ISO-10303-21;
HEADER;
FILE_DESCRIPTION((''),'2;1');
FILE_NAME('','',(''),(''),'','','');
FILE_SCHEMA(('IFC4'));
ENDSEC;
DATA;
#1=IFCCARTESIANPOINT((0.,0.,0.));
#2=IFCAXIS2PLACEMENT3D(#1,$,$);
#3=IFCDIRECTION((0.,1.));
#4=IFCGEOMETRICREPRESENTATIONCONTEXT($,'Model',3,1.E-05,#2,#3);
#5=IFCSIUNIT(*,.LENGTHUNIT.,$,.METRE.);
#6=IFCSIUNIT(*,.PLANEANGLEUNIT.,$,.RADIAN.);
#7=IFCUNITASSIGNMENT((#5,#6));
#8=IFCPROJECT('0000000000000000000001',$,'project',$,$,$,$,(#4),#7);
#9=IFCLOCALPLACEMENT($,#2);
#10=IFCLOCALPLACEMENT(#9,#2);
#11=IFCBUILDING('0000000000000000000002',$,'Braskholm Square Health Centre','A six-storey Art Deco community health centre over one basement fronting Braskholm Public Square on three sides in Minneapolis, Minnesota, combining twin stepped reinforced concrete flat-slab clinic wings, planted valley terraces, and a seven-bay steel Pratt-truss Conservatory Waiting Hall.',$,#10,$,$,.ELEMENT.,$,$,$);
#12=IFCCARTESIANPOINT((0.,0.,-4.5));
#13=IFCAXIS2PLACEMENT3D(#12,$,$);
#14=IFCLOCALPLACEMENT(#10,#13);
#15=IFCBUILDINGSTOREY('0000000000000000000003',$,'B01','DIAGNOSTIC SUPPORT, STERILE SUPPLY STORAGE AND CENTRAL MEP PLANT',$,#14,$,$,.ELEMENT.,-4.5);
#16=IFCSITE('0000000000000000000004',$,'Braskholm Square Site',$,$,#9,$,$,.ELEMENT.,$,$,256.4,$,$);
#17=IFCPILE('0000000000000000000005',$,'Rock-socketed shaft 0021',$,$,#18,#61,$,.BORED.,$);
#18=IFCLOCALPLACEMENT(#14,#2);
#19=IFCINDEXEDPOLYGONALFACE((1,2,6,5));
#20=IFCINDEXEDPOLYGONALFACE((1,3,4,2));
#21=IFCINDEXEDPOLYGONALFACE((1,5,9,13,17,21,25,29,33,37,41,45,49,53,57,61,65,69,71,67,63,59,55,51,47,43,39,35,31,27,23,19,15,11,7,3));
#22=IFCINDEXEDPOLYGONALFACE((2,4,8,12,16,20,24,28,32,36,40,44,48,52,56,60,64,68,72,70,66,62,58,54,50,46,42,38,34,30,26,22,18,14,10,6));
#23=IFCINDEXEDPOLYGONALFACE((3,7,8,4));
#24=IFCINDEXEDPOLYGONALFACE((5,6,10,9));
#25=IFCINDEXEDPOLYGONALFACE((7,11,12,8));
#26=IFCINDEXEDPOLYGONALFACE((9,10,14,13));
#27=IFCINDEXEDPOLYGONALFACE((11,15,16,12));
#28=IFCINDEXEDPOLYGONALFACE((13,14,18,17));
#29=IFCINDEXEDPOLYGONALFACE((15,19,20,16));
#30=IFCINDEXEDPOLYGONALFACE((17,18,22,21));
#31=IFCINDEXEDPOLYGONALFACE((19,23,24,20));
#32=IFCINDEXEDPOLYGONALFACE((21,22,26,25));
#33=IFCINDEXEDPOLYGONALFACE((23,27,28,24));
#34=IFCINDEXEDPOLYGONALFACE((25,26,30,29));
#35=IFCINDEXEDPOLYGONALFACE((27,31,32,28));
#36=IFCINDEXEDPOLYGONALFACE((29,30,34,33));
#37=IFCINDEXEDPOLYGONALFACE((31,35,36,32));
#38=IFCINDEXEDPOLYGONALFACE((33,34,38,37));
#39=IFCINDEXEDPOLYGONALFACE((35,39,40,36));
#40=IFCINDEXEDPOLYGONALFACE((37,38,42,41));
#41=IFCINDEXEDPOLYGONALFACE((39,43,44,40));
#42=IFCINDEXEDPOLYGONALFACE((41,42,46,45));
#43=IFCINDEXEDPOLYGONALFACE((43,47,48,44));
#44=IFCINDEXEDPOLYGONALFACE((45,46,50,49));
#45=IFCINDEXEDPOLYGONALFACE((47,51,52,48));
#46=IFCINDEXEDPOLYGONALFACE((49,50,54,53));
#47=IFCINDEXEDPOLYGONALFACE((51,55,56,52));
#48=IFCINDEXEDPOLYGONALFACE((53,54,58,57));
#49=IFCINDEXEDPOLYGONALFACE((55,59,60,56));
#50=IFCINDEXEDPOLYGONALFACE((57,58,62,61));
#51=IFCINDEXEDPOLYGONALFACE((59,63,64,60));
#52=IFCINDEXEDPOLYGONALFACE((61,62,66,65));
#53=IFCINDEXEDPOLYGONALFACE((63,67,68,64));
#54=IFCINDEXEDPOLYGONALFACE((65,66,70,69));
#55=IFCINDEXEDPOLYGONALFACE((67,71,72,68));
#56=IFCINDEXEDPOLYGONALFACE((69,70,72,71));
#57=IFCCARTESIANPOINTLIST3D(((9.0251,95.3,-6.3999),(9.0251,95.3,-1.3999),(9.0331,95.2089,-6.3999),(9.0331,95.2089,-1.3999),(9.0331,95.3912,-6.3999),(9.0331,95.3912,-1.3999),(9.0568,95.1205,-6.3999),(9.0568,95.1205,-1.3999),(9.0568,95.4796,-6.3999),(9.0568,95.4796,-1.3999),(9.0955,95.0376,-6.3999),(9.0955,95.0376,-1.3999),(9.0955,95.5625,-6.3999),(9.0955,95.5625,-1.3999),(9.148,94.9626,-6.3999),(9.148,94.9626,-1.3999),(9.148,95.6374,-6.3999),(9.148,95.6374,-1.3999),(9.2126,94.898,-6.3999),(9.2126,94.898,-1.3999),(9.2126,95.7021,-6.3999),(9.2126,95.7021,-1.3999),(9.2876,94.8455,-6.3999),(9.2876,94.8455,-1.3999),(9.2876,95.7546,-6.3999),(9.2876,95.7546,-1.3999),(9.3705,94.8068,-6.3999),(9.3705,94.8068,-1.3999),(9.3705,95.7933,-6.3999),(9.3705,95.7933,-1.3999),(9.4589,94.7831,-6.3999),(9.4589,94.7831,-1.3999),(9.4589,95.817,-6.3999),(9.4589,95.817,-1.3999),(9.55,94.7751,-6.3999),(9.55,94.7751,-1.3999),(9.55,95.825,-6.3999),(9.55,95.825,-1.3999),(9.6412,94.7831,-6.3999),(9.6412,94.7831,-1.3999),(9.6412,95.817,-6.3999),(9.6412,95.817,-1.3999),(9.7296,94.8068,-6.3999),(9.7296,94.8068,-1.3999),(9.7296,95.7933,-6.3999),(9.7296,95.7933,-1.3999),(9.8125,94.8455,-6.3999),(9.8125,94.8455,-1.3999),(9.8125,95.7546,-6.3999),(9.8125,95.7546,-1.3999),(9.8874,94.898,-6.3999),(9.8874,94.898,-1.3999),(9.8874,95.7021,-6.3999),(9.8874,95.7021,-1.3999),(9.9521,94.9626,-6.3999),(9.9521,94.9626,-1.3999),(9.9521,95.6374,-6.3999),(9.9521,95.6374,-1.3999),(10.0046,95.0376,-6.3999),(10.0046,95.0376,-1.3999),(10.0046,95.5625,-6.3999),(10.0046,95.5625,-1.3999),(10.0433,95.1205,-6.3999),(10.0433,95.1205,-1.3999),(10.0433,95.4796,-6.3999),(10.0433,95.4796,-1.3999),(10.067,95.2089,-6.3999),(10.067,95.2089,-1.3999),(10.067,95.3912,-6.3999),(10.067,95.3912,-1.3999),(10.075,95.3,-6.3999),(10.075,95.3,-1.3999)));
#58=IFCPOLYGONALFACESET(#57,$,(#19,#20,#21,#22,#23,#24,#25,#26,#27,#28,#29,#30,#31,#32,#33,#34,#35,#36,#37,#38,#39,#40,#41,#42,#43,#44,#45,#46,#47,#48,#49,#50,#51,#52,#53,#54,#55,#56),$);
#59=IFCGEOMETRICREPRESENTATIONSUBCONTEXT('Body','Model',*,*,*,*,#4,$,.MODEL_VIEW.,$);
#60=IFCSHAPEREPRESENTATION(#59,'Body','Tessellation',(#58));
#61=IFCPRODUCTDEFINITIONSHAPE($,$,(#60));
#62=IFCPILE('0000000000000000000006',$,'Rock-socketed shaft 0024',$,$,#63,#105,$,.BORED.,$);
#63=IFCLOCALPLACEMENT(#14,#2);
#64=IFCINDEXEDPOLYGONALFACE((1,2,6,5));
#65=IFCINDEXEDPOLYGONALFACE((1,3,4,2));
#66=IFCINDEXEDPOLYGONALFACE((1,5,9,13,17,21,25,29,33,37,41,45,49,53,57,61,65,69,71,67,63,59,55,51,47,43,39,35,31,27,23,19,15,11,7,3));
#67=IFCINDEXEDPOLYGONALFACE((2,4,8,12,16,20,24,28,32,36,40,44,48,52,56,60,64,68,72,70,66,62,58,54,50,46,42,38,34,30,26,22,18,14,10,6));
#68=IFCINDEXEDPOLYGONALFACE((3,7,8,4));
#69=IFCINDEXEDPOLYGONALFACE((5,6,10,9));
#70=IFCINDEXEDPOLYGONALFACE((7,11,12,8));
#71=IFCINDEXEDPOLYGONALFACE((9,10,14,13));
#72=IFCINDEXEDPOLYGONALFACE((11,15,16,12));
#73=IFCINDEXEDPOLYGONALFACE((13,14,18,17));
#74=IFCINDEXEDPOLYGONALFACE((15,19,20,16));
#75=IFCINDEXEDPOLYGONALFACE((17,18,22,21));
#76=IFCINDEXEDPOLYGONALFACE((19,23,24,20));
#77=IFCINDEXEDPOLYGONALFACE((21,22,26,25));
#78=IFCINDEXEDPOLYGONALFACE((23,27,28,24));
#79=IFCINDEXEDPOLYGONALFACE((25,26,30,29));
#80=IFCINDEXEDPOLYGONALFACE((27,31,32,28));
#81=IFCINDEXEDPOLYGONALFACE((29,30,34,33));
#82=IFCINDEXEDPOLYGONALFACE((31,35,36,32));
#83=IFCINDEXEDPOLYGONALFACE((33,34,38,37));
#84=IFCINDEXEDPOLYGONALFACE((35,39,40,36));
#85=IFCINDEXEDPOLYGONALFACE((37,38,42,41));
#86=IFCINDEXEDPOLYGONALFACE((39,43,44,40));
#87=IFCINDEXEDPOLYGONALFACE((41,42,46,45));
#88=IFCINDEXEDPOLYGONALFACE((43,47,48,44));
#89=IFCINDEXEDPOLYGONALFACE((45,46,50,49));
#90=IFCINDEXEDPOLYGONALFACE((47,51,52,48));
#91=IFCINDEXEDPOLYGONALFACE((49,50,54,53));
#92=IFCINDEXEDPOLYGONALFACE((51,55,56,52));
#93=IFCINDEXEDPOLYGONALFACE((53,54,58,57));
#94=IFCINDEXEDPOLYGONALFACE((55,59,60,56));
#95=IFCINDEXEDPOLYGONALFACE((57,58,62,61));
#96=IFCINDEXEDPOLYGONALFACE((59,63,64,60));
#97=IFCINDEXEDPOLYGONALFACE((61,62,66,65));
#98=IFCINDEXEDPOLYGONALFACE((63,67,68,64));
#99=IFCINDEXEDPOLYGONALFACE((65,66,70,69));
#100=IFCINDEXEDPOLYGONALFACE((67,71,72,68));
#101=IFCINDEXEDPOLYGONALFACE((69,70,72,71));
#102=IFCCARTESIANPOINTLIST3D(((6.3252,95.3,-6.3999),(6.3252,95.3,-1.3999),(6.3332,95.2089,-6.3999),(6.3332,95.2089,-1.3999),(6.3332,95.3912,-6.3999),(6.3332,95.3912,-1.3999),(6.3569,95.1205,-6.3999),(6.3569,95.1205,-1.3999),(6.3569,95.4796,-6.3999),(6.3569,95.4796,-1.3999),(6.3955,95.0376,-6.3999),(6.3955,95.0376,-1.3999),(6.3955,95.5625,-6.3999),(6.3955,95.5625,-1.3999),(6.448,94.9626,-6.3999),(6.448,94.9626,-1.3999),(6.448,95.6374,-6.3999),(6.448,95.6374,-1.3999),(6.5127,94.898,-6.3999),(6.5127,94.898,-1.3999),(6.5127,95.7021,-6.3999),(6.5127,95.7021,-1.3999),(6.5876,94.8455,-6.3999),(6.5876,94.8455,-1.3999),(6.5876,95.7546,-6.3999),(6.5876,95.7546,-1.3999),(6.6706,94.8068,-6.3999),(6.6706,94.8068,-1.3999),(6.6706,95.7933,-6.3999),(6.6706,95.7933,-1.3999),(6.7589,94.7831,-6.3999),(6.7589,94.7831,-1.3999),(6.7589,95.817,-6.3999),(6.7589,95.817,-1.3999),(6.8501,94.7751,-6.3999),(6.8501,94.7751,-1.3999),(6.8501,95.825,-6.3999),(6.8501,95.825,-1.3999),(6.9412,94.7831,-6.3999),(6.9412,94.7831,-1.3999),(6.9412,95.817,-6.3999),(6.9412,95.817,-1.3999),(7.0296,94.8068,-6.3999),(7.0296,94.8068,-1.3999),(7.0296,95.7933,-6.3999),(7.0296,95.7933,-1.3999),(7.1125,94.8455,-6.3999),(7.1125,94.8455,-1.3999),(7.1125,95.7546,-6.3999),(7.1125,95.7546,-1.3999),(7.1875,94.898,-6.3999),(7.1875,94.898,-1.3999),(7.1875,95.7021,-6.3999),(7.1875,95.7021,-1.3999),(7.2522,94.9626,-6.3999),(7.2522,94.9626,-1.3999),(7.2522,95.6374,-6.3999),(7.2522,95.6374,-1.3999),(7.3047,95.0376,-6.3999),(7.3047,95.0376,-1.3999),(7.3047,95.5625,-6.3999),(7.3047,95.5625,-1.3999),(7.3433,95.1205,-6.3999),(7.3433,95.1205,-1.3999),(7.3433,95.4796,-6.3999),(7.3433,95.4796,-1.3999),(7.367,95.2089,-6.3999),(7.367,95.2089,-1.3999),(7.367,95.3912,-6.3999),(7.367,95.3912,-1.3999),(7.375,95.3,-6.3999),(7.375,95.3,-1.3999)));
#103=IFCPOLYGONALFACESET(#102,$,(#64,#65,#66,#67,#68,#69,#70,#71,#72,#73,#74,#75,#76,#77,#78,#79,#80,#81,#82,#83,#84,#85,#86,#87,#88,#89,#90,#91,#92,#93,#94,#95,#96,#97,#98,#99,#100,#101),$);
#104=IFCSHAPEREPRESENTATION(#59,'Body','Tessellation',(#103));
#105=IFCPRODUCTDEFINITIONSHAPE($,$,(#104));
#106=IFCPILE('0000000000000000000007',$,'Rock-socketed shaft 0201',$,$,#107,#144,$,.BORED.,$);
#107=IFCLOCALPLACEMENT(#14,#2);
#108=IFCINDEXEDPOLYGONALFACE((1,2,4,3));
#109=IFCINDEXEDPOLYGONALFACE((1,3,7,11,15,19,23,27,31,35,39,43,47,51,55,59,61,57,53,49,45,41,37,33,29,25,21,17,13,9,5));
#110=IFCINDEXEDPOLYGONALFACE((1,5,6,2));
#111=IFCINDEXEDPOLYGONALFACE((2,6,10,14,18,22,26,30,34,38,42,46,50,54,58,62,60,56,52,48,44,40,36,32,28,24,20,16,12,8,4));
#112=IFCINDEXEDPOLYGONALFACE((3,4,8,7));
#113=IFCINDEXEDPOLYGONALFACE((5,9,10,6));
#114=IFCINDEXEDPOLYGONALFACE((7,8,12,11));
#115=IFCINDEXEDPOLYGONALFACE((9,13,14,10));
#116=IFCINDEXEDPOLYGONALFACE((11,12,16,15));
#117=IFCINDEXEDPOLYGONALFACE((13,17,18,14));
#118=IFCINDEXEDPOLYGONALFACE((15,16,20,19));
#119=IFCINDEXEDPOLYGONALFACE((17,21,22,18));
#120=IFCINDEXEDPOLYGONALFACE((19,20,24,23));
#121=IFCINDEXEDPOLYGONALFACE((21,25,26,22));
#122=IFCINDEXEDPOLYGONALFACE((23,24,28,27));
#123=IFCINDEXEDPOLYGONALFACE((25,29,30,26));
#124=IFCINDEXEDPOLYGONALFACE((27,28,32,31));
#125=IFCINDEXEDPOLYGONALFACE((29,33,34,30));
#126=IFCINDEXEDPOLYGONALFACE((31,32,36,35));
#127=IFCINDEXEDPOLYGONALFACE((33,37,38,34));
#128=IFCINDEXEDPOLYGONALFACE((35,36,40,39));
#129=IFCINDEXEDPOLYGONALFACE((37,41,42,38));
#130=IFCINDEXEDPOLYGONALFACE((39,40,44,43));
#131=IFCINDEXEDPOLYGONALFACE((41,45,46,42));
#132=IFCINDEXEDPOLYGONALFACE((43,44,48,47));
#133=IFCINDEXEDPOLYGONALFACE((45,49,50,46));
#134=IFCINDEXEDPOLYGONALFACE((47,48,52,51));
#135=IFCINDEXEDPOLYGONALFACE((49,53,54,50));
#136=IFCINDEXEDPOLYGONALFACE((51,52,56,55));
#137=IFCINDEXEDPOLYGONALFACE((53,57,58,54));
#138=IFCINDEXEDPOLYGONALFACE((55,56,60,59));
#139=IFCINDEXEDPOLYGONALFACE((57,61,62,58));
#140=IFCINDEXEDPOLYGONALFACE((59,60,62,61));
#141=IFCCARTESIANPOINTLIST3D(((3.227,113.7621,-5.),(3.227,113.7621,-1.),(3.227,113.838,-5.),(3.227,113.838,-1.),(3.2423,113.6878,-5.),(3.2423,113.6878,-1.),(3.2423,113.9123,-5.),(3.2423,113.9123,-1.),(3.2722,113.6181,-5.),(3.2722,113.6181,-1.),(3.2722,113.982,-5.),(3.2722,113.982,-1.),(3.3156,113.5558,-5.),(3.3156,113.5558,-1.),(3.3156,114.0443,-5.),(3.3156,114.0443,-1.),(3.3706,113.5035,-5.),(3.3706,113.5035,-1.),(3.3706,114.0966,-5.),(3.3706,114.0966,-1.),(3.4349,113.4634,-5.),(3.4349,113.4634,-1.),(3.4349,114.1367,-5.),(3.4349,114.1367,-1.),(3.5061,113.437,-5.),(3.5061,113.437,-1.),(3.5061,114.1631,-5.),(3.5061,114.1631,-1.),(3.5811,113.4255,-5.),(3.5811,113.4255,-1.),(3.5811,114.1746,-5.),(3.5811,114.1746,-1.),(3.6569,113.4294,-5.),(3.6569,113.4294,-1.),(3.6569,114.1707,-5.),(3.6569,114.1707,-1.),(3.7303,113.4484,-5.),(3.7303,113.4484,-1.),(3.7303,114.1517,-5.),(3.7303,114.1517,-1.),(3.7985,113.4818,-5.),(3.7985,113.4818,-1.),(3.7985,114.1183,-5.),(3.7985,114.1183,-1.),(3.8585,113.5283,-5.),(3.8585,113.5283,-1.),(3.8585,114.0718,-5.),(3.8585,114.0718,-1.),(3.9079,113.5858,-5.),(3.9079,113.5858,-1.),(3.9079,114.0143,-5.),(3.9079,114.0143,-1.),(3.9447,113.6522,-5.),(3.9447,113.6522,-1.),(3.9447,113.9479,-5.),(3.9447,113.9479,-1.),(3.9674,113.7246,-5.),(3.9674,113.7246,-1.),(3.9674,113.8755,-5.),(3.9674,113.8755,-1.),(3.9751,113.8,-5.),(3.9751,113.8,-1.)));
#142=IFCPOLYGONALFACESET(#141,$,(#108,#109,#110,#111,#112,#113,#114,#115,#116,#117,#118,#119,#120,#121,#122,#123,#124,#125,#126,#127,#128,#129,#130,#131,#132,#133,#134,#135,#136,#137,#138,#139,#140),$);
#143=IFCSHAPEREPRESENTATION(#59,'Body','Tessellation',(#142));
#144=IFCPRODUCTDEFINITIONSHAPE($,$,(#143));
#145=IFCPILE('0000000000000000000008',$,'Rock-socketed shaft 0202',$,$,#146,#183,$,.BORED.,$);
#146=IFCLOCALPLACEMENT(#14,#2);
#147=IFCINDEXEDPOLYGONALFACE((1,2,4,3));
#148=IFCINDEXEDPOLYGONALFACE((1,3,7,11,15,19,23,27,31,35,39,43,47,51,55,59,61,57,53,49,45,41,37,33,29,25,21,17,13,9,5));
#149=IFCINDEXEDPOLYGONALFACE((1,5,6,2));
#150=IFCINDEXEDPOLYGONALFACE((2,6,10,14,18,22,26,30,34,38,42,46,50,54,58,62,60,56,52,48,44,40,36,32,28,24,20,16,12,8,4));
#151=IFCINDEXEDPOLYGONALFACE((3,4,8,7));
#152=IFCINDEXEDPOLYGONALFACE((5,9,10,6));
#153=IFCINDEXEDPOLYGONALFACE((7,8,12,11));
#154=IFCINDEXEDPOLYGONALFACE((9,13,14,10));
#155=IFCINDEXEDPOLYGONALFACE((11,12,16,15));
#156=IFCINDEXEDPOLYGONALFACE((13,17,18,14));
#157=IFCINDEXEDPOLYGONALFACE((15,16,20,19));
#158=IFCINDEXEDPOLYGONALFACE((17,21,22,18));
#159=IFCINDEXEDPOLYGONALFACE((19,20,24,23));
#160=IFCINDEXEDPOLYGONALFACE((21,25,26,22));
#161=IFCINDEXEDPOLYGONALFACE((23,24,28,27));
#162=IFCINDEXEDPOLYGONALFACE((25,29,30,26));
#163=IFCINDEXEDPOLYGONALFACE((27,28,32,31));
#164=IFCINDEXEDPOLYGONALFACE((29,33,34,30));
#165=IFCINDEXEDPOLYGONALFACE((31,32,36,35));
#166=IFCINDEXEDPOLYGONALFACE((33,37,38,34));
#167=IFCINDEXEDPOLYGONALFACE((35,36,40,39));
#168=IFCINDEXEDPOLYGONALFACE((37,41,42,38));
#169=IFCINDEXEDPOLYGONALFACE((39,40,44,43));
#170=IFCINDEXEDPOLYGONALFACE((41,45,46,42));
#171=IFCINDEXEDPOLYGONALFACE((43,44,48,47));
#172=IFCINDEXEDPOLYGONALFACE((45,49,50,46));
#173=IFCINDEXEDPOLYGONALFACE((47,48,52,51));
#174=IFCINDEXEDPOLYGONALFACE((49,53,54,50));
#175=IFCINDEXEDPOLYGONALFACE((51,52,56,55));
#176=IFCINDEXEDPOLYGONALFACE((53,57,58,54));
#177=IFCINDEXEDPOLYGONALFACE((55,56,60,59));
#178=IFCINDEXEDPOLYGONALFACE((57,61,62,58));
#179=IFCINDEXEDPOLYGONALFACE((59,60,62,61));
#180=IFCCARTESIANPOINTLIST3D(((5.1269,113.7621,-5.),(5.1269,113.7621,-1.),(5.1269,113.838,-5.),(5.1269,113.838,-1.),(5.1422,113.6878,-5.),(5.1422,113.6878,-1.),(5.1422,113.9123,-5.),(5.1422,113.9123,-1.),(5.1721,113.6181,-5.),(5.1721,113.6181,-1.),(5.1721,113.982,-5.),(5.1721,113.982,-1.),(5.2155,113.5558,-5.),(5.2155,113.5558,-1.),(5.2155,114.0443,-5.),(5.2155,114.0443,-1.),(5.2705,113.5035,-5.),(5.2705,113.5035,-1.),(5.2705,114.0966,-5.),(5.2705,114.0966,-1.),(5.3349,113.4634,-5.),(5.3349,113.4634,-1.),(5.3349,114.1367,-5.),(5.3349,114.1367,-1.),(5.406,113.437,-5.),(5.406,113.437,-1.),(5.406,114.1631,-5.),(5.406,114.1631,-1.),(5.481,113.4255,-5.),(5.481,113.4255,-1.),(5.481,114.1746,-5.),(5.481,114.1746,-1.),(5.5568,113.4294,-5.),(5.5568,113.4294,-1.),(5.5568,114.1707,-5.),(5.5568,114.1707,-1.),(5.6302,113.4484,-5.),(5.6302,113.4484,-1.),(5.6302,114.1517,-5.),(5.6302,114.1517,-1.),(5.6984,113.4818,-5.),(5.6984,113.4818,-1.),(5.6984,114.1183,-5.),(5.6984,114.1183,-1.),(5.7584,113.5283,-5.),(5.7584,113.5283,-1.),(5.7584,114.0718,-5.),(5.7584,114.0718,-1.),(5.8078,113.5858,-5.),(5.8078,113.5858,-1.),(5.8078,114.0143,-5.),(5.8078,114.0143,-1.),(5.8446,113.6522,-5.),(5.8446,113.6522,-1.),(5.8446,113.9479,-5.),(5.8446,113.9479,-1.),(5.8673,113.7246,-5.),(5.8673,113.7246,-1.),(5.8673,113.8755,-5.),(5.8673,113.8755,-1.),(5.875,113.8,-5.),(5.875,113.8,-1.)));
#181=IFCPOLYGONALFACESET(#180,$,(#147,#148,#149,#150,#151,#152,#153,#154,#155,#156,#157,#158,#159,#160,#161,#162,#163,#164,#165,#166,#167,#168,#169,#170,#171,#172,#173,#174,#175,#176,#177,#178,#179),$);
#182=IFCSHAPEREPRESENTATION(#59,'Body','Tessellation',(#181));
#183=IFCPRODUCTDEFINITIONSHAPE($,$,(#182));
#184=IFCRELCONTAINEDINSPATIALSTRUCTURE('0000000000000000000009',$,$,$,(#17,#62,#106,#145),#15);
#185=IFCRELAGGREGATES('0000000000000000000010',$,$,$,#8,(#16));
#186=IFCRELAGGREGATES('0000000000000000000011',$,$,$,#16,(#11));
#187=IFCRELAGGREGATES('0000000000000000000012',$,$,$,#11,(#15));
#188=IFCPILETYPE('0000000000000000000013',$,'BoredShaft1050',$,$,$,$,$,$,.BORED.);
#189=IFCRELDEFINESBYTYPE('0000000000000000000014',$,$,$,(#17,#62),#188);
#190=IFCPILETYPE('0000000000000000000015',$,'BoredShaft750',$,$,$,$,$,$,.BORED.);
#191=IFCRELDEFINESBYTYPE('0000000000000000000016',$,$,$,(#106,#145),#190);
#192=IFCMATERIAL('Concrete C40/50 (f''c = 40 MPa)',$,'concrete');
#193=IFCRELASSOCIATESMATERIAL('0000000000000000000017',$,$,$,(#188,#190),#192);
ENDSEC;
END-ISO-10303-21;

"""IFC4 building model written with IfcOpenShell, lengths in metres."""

from ifc_helpers import new_model, si_unit, direction, frame, origin, origin_2d, place, context, subcontext, project, spatial, circle, extrude, material, material_profile, profile_set, type_object, element, save


model = new_model("IFC4")

# Units and contexts
model_context = context("Model", 3, precision=1e-05, world=origin(), true_north=direction((0.0, 1.0)))
body_context = subcontext(model_context, "Body", "Model", "MODEL_VIEW")
ifc_project = project(units=[si_unit("LENGTHUNIT", "METRE"), si_unit("PLANEANGLEUNIT", "RADIAN")], contexts=[model_context])

# Site, building, storey
site_placement = place(None, origin())
site = spatial("IfcSite", under=ifc_project, at=site_placement, Name="Braskholm Square Site", CompositionType="ELEMENT", RefElevation=256.4)
building_placement = place(site_placement, origin())
building = spatial("IfcBuilding", under=site, at=building_placement, Name="Braskholm Square Health Centre", Description="A six-storey Art Deco community health centre over one basement fronting Braskholm Public Square on three sides in Minneapolis, Minnesota, combining twin stepped reinforced concrete flat-slab clinic wings, planted valley terraces, and a seven-bay steel Pratt-truss Conservatory Waiting Hall.", CompositionType="ELEMENT")
storey_placement = place(building_placement, frame((0.0, 0.0, -4.5)))
storey = spatial("IfcBuildingStorey", under=building, at=storey_placement, Name="B01", Description="DIAGNOSTIC SUPPORT, STERILE SUPPLY STORAGE AND CENTRAL MEP PLANT", CompositionType="ELEMENT", Elevation=-4.5)

# Piles
ifc_material_1 = material(Name="Concrete C40/50 (f'c = 40 MPa)", Category="concrete")
ifc_material_profile_1 = material_profile(ifc_material_1, circle(Radius=0.5249, at=origin_2d()), Name="BORED-PILE-1050")
ifc_profile_set_1 = profile_set([ifc_material_profile_1], Name="Concrete C40/50 (f'c = 40 MPa)")
pile_type_1 = type_object("IfcPileType", Name="BoredShaft1050", PredefinedType="BORED", material=ifc_profile_set_1)
for number, where, z_axis, x_axis, name in (
    (1, (9.55, 95.3, -1.3999), (0.0, 0.0, -1.0), (1.0, 0.0, 0.0), "Rock-socketed shaft 0021"),
    (2, (6.8501, 95.3, -1.3999), (0.0, 0.0, -1.0), (1.0, 0.0, 0.0), "Rock-socketed shaft 0024"),
):
    element("IfcPile", number, at=place(storey_placement, frame(where, z_axis=z_axis, x_axis=x_axis)), inside=storey, type_object=pile_type_1, Name=name, PredefinedType="BORED", context=body_context, shape_type="SweptSolid", body=[
        extrude(circle(Radius=0.5249, at=origin_2d()), origin(), (0.0, 0.0, 1.0), 5.0),
    ])
ifc_material_profile_2 = material_profile(ifc_material_1, circle(Radius=0.375, at=origin_2d()), Name="BORED-PILE-750")
ifc_profile_set_2 = profile_set([ifc_material_profile_2], Name="Concrete C40/50 (f'c = 40 MPa)")
pile_type_2 = type_object("IfcPileType", Name="BoredShaft750", PredefinedType="BORED", material=ifc_profile_set_2)
for number, where, z_axis, x_axis, name in (
    (3, (3.6001, 113.8, -1.0), (0.0, 0.0, -1.0), (1.0, 0.0, 0.0), "Rock-socketed shaft 0201"),
    (4, (5.5, 113.8, -1.0), (0.0, 0.0, -1.0), (1.0, 0.0, 0.0), "Rock-socketed shaft 0202"),
):
    element("IfcPile", number, at=place(storey_placement, frame(where, z_axis=z_axis, x_axis=x_axis)), inside=storey, type_object=pile_type_2, Name=name, PredefinedType="BORED", context=body_context, shape_type="SweptSolid", body=[
        extrude(circle(Radius=0.375, at=origin_2d()), origin(), (0.0, 0.0, 1.0), 4.0),
    ])

save(model, "model.ifc")
